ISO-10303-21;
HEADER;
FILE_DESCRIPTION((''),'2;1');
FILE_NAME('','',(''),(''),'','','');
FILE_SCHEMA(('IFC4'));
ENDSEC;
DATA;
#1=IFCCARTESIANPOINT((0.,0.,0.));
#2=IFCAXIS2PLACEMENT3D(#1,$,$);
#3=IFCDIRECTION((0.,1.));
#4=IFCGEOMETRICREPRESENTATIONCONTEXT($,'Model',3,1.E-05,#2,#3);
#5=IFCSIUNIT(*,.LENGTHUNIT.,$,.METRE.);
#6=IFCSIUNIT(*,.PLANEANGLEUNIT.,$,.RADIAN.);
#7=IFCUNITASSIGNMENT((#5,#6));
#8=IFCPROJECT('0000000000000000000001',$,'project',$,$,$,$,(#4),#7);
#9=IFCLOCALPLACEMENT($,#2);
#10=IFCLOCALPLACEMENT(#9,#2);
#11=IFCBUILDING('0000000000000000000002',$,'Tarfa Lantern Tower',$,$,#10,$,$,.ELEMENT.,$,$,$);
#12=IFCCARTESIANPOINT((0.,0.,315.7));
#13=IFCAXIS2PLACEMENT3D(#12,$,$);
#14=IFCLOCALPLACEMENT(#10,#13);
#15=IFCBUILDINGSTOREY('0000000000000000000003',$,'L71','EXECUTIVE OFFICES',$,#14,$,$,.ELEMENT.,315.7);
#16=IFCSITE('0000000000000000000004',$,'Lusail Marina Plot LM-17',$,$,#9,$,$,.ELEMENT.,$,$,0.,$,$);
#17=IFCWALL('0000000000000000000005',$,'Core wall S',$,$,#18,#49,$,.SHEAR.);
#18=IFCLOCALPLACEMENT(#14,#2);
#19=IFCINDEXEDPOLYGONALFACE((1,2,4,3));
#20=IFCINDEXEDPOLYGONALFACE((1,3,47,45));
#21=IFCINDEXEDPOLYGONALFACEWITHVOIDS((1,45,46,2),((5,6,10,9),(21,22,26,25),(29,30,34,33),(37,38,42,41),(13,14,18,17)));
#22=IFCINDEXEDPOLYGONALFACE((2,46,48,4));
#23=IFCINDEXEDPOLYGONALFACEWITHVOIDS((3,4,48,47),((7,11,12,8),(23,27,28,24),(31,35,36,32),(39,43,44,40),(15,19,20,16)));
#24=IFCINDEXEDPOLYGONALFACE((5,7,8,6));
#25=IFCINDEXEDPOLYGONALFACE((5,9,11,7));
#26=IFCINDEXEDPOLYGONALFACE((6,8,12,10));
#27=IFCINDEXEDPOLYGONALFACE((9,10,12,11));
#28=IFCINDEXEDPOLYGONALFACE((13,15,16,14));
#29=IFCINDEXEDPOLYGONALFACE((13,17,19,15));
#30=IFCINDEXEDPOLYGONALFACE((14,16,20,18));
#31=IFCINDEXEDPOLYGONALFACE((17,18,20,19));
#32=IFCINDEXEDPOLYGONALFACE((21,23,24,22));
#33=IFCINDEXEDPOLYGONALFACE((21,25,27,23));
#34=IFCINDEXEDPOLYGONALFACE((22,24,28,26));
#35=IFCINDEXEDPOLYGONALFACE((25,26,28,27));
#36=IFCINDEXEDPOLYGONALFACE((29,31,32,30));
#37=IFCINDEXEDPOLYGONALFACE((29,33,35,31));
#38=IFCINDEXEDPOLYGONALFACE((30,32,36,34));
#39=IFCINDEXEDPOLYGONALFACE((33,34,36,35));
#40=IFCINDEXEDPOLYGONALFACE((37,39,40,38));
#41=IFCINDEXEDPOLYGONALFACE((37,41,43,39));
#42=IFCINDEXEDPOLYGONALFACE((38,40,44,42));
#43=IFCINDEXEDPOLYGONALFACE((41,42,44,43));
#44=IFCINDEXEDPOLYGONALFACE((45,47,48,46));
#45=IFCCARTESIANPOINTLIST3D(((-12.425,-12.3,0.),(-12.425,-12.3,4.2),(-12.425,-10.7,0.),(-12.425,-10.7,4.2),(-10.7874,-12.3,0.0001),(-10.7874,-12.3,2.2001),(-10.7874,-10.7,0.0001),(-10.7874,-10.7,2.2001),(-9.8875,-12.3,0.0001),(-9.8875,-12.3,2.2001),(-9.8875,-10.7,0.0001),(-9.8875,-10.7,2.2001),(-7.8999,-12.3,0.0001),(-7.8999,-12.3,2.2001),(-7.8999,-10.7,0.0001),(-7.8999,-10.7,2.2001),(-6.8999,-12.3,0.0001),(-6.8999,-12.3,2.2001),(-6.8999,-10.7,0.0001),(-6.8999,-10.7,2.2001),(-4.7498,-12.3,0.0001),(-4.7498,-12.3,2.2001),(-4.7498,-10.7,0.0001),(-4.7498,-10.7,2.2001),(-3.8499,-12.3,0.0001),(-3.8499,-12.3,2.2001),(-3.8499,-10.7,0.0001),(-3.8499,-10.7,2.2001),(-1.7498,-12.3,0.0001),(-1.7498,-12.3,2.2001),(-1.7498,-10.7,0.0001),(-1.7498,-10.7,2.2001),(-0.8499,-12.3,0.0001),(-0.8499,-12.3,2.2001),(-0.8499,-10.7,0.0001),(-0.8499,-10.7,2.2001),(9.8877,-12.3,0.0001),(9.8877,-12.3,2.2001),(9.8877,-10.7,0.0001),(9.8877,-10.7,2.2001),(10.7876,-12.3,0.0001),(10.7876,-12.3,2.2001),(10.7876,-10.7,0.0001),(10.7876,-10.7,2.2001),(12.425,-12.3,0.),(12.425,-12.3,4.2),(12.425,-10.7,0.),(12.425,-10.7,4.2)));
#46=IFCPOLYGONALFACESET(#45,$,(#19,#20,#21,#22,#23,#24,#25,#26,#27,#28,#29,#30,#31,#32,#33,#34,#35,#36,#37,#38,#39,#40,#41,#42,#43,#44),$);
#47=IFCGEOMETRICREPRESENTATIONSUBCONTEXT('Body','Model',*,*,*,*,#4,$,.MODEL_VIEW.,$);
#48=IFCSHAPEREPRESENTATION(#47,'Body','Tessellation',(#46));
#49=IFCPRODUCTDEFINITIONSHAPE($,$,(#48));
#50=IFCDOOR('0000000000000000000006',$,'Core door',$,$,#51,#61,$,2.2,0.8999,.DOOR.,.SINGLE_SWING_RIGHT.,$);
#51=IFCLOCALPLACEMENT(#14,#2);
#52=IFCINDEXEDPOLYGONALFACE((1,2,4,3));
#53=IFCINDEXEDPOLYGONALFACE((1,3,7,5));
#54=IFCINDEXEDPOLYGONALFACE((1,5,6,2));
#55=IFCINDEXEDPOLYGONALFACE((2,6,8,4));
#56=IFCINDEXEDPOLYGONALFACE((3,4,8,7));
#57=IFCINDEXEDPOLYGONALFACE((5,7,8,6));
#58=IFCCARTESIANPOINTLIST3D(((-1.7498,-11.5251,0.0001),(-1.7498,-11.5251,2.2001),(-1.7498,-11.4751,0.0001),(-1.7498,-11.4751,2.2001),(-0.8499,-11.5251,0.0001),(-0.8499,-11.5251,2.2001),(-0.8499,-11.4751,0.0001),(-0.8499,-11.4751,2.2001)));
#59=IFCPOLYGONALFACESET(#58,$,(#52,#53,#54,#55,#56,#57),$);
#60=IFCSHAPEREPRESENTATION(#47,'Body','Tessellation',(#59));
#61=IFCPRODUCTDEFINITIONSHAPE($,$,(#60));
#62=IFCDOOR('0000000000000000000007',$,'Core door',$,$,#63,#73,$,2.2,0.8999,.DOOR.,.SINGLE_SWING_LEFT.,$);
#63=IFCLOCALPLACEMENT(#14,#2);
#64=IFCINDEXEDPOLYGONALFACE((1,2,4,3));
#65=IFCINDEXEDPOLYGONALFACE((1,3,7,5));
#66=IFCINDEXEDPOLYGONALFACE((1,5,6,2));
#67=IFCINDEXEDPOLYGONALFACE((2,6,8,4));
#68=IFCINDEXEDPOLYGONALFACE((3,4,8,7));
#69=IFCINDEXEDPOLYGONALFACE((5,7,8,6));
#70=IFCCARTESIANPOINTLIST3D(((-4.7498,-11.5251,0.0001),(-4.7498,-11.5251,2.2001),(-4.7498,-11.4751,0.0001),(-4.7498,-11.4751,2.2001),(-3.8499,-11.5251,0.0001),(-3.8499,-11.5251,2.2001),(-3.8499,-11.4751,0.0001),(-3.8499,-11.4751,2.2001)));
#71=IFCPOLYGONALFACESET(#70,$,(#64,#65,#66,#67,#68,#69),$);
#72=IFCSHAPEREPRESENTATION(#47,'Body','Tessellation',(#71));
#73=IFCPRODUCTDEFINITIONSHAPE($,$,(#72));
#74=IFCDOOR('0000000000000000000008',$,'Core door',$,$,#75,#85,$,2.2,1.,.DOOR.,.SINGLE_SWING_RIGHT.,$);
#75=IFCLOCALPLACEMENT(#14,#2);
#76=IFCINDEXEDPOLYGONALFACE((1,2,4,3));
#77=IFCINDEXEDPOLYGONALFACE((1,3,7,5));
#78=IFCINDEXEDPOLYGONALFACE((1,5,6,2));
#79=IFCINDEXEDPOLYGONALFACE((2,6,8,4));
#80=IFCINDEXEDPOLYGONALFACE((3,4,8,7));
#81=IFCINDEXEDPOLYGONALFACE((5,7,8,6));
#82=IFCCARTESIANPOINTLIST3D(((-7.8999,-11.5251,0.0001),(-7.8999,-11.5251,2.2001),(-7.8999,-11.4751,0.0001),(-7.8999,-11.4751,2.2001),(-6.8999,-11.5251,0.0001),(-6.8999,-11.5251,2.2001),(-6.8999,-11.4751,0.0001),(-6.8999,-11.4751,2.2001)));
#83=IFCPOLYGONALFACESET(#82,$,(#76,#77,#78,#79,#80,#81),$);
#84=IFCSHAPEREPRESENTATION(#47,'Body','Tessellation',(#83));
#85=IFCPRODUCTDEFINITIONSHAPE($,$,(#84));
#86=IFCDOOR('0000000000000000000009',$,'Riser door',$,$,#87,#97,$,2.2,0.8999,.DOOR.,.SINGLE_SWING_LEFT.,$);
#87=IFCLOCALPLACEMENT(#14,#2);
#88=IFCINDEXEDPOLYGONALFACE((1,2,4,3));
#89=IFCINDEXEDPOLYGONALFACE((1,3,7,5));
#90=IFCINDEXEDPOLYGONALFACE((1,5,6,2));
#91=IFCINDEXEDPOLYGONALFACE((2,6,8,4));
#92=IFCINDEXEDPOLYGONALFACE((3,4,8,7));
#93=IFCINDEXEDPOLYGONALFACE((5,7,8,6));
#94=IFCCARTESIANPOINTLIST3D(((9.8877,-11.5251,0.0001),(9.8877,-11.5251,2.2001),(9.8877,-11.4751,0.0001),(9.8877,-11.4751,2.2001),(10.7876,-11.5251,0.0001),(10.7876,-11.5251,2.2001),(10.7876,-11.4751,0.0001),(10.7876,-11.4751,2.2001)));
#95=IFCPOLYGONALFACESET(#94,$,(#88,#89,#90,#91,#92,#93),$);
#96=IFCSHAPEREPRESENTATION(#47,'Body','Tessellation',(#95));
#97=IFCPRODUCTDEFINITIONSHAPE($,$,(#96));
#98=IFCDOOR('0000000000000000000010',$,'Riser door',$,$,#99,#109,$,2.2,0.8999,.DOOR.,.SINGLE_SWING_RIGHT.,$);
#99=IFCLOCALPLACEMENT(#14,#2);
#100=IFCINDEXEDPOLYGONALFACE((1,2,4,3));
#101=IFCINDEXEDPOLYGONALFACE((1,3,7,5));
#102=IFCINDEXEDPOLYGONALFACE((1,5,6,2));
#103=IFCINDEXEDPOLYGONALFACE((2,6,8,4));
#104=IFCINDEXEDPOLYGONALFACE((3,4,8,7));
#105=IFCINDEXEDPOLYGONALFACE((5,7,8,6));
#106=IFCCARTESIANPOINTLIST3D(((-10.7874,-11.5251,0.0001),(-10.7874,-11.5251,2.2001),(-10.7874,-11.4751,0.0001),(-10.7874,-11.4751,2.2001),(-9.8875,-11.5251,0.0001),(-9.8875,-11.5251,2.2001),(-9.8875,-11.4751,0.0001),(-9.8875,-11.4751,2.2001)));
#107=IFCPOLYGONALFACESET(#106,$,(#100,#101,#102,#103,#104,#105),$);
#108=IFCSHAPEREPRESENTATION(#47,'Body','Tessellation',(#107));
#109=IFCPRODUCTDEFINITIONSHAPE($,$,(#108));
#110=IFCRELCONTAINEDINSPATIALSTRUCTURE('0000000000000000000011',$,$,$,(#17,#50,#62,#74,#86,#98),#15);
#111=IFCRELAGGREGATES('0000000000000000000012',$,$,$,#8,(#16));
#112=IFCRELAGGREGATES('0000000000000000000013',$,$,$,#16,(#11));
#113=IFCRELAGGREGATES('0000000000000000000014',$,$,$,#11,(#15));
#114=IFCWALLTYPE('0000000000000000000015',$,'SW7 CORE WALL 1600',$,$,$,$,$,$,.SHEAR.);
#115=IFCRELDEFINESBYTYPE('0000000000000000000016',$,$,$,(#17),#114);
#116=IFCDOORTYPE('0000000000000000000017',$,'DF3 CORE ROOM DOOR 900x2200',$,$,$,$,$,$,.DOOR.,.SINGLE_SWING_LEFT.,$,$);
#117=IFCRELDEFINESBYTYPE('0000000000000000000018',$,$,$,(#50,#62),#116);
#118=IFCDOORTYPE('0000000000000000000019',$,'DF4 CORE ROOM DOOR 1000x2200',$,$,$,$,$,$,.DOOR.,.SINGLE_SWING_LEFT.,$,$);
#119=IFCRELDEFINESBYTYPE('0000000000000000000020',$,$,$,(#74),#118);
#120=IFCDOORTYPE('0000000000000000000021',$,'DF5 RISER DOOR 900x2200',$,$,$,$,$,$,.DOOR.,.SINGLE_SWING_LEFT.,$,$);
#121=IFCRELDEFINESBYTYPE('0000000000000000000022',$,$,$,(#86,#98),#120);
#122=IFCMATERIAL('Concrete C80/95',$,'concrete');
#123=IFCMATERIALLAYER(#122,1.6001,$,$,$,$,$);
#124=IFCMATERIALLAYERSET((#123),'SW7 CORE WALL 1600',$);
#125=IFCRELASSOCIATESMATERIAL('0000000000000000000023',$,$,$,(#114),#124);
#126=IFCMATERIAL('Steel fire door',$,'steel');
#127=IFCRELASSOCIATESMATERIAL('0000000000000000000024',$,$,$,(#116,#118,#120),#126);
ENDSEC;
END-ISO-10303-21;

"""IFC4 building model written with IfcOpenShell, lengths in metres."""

from ifc_helpers import new_model, si_unit, direction, frame, frame_2d, origin, place, context, subcontext, project, spatial, rectangle, extrude, material, layer, layer_set, type_object, element, fill, save


model = new_model("IFC4")

# Units and contexts
model_context = context("Model", 3, precision=1e-05, world=origin(), true_north=direction((0.0, 1.0)))
body_context = subcontext(model_context, "Body", "Model", "MODEL_VIEW")
ifc_project = project(units=[si_unit("LENGTHUNIT", "METRE"), si_unit("PLANEANGLEUNIT", "RADIAN")], contexts=[model_context])

# Site, building, storey
site_placement = place(None, origin())
site = spatial("IfcSite", under=ifc_project, at=site_placement, Name="Lusail Marina Plot LM-17", CompositionType="ELEMENT", RefElevation=0.0)
building_placement = place(site_placement, origin())
building = spatial("IfcBuilding", under=site, at=building_placement, Name="Tarfa Lantern Tower", CompositionType="ELEMENT")
storey_placement = place(building_placement, frame((0.0, 0.0, 315.7)))
storey = spatial("IfcBuildingStorey", under=building, at=storey_placement, Name="L71", Description="EXECUTIVE OFFICES", CompositionType="ELEMENT", Elevation=315.7)

# Shared definitions
ifc_material_1 = material(Name="Concrete C80/95", Category="concrete")
ifc_material_2 = material(Name="Steel fire door", Category="steel")

# Wall, openings, doors
ifc_layer_1 = layer(ifc_material_1, 1.6001)
ifc_layer_set_1 = layer_set([ifc_layer_1], Name="SW7 CORE WALL 1600")
wall_type_1 = type_object("IfcWallType", Name="SW7 CORE WALL 1600", PredefinedType="SHEAR", material=ifc_layer_set_1)
wall_1_placement = place(storey_placement, frame((12.425, -11.5, 0.0), z_axis=(0.0, 0.0, 1.0), x_axis=(-1.0, 0.0, 0.0)))
wall_1 = element("IfcWall", 1, at=wall_1_placement, inside=storey, type_object=wall_type_1, Name="Core wall S", PredefinedType="SHEAR", context=body_context, shape_type="SweptSolid", body=[
    extrude(rectangle(XDim=24.8501, YDim=1.6001, at=frame_2d((12.425, 0.0))), origin(), (0.0, 0.0, 1.0), 4.2),
])
opening_1_placement = place(wall_1_placement, frame((13.2749, 0.0, 0.0)))
opening_1 = element("IfcOpeningElement", 2, at=opening_1_placement, cuts=wall_1, PredefinedType="OPENING", context=body_context, shape_type="SweptSolid", body=[
    extrude(rectangle(XDim=0.8999, YDim=2.2, at=frame_2d((0.45, 1.1001))), frame((0.0, 0.8101, 0.0), z_axis=(0.0, -1.0, 0.0), x_axis=(1.0, 0.0, 0.0)), (0.0, 0.0, 1.0), 1.6201),
])
opening_2_placement = place(wall_1_placement, frame((16.2749, 0.0, 0.0)))
opening_2 = element("IfcOpeningElement", 3, at=opening_2_placement, cuts=wall_1, PredefinedType="OPENING", context=body_context, shape_type="SweptSolid", body=[
    extrude(rectangle(XDim=0.8999, YDim=2.2, at=frame_2d((0.45, 1.1001))), frame((0.0, 0.8101, 0.0), z_axis=(0.0, -1.0, 0.0), x_axis=(1.0, 0.0, 0.0)), (0.0, 0.0, 1.0), 1.6201),
])
opening_3_placement = place(wall_1_placement, frame((19.325, 0.0, 0.0)))
opening_3 = element("IfcOpeningElement", 4, at=opening_3_placement, cuts=wall_1, PredefinedType="OPENING", context=body_context, shape_type="SweptSolid", body=[
    extrude(rectangle(XDim=1.0, YDim=2.2, at=frame_2d((0.5, 1.1001))), frame((0.0, 0.8101, 0.0), z_axis=(0.0, -1.0, 0.0), x_axis=(1.0, 0.0, 0.0)), (0.0, 0.0, 1.0), 1.6201),
])
opening_4_placement = place(wall_1_placement, frame((1.6375, 0.0, 0.0)))
opening_4 = element("IfcOpeningElement", 5, at=opening_4_placement, cuts=wall_1, PredefinedType="OPENING", context=body_context, shape_type="SweptSolid", body=[
    extrude(rectangle(XDim=0.8999, YDim=2.2, at=frame_2d((0.45, 1.1001))), frame((0.0, 0.8101, 0.0), z_axis=(0.0, -1.0, 0.0), x_axis=(1.0, 0.0, 0.0)), (0.0, 0.0, 1.0), 1.6201),
])
opening_5_placement = place(wall_1_placement, frame((22.3125, 0.0, 0.0)))
opening_5 = element("IfcOpeningElement", 6, at=opening_5_placement, cuts=wall_1, PredefinedType="OPENING", context=body_context, shape_type="SweptSolid", body=[
    extrude(rectangle(XDim=0.8999, YDim=2.2, at=frame_2d((0.45, 1.1001))), frame((0.0, 0.8101, 0.0), z_axis=(0.0, -1.0, 0.0), x_axis=(1.0, 0.0, 0.0)), (0.0, 0.0, 1.0), 1.6201),
])
door_type_1 = type_object("IfcDoorType", Name="DF3 CORE ROOM DOOR 900x2200", OperationType="SINGLE_SWING_LEFT", PredefinedType="DOOR", material=ifc_material_2)
door_1_placement = place(opening_1_placement, frame((0.8999, 0.0, 0.0), z_axis=(0.0, 0.0, 1.0), x_axis=(-1.0, 0.0, 0.0)))
door_1 = element("IfcDoor", 7, at=door_1_placement, inside=storey, type_object=door_type_1, Name="Core door", OperationType="SINGLE_SWING_RIGHT", OverallHeight=2.2, OverallWidth=0.8999, PredefinedType="DOOR", context=body_context, shape_type="SweptSolid", body=[
    extrude(rectangle(XDim=0.8999, YDim=2.2, at=frame_2d((0.45, 1.1001))), frame((0.0, 0.0249, 0.0), z_axis=(0.0, -1.0, 0.0), x_axis=(1.0, 0.0, 0.0)), (0.0, 0.0, 1.0), 0.05),
])
fill(opening_1, door_1)
door_2_placement = place(opening_2_placement, frame((0.8999, 0.0, 0.0), z_axis=(0.0, 0.0, 1.0), x_axis=(-1.0, 0.0, 0.0)))
door_2 = element("IfcDoor", 8, at=door_2_placement, inside=storey, type_object=door_type_1, Name="Core door", OperationType="SINGLE_SWING_LEFT", OverallHeight=2.2, OverallWidth=0.8999, PredefinedType="DOOR", context=body_context, shape_type="SweptSolid", body=[
    extrude(rectangle(XDim=0.8999, YDim=2.2, at=frame_2d((0.45, 1.1001))), frame((0.0, 0.0249, 0.0), z_axis=(0.0, -1.0, 0.0), x_axis=(1.0, 0.0, 0.0)), (0.0, 0.0, 1.0), 0.05),
])
fill(opening_2, door_2)
door_type_2 = type_object("IfcDoorType", Name="DF4 CORE ROOM DOOR 1000x2200", OperationType="SINGLE_SWING_LEFT", PredefinedType="DOOR", material=ifc_material_2)
door_3_placement = place(opening_3_placement, frame((1.0, 0.0, 0.0), z_axis=(0.0, 0.0, 1.0), x_axis=(-1.0, 0.0, 0.0)))
door_3 = element("IfcDoor", 9, at=door_3_placement, inside=storey, type_object=door_type_2, Name="Core door", OperationType="SINGLE_SWING_RIGHT", OverallHeight=2.2, OverallWidth=1.0, PredefinedType="DOOR", context=body_context, shape_type="SweptSolid", body=[
    extrude(rectangle(XDim=1.0, YDim=2.2, at=frame_2d((0.5, 1.1001))), frame((0.0, 0.0249, 0.0), z_axis=(0.0, -1.0, 0.0), x_axis=(1.0, 0.0, 0.0)), (0.0, 0.0, 1.0), 0.05),
])
fill(opening_3, door_3)
door_type_3 = type_object("IfcDoorType", Name="DF5 RISER DOOR 900x2200", OperationType="SINGLE_SWING_LEFT", PredefinedType="DOOR", material=ifc_material_2)
door_4_placement = place(opening_4_placement, frame((0.8999, 0.0, 0.0), z_axis=(0.0, 0.0, 1.0), x_axis=(-1.0, 0.0, 0.0)))
door_4 = element("IfcDoor", 10, at=door_4_placement, inside=storey, type_object=door_type_3, Name="Riser door", OperationType="SINGLE_SWING_LEFT", OverallHeight=2.2, OverallWidth=0.8999, PredefinedType="DOOR", context=body_context, shape_type="SweptSolid", body=[
    extrude(rectangle(XDim=0.8999, YDim=2.2, at=frame_2d((0.45, 1.1001))), frame((0.0, 0.0249, 0.0), z_axis=(0.0, -1.0, 0.0), x_axis=(1.0, 0.0, 0.0)), (0.0, 0.0, 1.0), 0.05),
])
fill(opening_4, door_4)
door_5_placement = place(opening_5_placement, frame((0.8999, 0.0, 0.0), z_axis=(0.0, 0.0, 1.0), x_axis=(-1.0, 0.0, 0.0)))
door_5 = element("IfcDoor", 11, at=door_5_placement, inside=storey, type_object=door_type_3, Name="Riser door", OperationType="SINGLE_SWING_RIGHT", OverallHeight=2.2, OverallWidth=0.8999, PredefinedType="DOOR", context=body_context, shape_type="SweptSolid", body=[
    extrude(rectangle(XDim=0.8999, YDim=2.2, at=frame_2d((0.45, 1.1001))), frame((0.0, 0.0249, 0.0), z_axis=(0.0, -1.0, 0.0), x_axis=(1.0, 0.0, 0.0)), (0.0, 0.0, 1.0), 0.05),
])
fill(opening_5, door_5)

save(model, "model.ifc")
